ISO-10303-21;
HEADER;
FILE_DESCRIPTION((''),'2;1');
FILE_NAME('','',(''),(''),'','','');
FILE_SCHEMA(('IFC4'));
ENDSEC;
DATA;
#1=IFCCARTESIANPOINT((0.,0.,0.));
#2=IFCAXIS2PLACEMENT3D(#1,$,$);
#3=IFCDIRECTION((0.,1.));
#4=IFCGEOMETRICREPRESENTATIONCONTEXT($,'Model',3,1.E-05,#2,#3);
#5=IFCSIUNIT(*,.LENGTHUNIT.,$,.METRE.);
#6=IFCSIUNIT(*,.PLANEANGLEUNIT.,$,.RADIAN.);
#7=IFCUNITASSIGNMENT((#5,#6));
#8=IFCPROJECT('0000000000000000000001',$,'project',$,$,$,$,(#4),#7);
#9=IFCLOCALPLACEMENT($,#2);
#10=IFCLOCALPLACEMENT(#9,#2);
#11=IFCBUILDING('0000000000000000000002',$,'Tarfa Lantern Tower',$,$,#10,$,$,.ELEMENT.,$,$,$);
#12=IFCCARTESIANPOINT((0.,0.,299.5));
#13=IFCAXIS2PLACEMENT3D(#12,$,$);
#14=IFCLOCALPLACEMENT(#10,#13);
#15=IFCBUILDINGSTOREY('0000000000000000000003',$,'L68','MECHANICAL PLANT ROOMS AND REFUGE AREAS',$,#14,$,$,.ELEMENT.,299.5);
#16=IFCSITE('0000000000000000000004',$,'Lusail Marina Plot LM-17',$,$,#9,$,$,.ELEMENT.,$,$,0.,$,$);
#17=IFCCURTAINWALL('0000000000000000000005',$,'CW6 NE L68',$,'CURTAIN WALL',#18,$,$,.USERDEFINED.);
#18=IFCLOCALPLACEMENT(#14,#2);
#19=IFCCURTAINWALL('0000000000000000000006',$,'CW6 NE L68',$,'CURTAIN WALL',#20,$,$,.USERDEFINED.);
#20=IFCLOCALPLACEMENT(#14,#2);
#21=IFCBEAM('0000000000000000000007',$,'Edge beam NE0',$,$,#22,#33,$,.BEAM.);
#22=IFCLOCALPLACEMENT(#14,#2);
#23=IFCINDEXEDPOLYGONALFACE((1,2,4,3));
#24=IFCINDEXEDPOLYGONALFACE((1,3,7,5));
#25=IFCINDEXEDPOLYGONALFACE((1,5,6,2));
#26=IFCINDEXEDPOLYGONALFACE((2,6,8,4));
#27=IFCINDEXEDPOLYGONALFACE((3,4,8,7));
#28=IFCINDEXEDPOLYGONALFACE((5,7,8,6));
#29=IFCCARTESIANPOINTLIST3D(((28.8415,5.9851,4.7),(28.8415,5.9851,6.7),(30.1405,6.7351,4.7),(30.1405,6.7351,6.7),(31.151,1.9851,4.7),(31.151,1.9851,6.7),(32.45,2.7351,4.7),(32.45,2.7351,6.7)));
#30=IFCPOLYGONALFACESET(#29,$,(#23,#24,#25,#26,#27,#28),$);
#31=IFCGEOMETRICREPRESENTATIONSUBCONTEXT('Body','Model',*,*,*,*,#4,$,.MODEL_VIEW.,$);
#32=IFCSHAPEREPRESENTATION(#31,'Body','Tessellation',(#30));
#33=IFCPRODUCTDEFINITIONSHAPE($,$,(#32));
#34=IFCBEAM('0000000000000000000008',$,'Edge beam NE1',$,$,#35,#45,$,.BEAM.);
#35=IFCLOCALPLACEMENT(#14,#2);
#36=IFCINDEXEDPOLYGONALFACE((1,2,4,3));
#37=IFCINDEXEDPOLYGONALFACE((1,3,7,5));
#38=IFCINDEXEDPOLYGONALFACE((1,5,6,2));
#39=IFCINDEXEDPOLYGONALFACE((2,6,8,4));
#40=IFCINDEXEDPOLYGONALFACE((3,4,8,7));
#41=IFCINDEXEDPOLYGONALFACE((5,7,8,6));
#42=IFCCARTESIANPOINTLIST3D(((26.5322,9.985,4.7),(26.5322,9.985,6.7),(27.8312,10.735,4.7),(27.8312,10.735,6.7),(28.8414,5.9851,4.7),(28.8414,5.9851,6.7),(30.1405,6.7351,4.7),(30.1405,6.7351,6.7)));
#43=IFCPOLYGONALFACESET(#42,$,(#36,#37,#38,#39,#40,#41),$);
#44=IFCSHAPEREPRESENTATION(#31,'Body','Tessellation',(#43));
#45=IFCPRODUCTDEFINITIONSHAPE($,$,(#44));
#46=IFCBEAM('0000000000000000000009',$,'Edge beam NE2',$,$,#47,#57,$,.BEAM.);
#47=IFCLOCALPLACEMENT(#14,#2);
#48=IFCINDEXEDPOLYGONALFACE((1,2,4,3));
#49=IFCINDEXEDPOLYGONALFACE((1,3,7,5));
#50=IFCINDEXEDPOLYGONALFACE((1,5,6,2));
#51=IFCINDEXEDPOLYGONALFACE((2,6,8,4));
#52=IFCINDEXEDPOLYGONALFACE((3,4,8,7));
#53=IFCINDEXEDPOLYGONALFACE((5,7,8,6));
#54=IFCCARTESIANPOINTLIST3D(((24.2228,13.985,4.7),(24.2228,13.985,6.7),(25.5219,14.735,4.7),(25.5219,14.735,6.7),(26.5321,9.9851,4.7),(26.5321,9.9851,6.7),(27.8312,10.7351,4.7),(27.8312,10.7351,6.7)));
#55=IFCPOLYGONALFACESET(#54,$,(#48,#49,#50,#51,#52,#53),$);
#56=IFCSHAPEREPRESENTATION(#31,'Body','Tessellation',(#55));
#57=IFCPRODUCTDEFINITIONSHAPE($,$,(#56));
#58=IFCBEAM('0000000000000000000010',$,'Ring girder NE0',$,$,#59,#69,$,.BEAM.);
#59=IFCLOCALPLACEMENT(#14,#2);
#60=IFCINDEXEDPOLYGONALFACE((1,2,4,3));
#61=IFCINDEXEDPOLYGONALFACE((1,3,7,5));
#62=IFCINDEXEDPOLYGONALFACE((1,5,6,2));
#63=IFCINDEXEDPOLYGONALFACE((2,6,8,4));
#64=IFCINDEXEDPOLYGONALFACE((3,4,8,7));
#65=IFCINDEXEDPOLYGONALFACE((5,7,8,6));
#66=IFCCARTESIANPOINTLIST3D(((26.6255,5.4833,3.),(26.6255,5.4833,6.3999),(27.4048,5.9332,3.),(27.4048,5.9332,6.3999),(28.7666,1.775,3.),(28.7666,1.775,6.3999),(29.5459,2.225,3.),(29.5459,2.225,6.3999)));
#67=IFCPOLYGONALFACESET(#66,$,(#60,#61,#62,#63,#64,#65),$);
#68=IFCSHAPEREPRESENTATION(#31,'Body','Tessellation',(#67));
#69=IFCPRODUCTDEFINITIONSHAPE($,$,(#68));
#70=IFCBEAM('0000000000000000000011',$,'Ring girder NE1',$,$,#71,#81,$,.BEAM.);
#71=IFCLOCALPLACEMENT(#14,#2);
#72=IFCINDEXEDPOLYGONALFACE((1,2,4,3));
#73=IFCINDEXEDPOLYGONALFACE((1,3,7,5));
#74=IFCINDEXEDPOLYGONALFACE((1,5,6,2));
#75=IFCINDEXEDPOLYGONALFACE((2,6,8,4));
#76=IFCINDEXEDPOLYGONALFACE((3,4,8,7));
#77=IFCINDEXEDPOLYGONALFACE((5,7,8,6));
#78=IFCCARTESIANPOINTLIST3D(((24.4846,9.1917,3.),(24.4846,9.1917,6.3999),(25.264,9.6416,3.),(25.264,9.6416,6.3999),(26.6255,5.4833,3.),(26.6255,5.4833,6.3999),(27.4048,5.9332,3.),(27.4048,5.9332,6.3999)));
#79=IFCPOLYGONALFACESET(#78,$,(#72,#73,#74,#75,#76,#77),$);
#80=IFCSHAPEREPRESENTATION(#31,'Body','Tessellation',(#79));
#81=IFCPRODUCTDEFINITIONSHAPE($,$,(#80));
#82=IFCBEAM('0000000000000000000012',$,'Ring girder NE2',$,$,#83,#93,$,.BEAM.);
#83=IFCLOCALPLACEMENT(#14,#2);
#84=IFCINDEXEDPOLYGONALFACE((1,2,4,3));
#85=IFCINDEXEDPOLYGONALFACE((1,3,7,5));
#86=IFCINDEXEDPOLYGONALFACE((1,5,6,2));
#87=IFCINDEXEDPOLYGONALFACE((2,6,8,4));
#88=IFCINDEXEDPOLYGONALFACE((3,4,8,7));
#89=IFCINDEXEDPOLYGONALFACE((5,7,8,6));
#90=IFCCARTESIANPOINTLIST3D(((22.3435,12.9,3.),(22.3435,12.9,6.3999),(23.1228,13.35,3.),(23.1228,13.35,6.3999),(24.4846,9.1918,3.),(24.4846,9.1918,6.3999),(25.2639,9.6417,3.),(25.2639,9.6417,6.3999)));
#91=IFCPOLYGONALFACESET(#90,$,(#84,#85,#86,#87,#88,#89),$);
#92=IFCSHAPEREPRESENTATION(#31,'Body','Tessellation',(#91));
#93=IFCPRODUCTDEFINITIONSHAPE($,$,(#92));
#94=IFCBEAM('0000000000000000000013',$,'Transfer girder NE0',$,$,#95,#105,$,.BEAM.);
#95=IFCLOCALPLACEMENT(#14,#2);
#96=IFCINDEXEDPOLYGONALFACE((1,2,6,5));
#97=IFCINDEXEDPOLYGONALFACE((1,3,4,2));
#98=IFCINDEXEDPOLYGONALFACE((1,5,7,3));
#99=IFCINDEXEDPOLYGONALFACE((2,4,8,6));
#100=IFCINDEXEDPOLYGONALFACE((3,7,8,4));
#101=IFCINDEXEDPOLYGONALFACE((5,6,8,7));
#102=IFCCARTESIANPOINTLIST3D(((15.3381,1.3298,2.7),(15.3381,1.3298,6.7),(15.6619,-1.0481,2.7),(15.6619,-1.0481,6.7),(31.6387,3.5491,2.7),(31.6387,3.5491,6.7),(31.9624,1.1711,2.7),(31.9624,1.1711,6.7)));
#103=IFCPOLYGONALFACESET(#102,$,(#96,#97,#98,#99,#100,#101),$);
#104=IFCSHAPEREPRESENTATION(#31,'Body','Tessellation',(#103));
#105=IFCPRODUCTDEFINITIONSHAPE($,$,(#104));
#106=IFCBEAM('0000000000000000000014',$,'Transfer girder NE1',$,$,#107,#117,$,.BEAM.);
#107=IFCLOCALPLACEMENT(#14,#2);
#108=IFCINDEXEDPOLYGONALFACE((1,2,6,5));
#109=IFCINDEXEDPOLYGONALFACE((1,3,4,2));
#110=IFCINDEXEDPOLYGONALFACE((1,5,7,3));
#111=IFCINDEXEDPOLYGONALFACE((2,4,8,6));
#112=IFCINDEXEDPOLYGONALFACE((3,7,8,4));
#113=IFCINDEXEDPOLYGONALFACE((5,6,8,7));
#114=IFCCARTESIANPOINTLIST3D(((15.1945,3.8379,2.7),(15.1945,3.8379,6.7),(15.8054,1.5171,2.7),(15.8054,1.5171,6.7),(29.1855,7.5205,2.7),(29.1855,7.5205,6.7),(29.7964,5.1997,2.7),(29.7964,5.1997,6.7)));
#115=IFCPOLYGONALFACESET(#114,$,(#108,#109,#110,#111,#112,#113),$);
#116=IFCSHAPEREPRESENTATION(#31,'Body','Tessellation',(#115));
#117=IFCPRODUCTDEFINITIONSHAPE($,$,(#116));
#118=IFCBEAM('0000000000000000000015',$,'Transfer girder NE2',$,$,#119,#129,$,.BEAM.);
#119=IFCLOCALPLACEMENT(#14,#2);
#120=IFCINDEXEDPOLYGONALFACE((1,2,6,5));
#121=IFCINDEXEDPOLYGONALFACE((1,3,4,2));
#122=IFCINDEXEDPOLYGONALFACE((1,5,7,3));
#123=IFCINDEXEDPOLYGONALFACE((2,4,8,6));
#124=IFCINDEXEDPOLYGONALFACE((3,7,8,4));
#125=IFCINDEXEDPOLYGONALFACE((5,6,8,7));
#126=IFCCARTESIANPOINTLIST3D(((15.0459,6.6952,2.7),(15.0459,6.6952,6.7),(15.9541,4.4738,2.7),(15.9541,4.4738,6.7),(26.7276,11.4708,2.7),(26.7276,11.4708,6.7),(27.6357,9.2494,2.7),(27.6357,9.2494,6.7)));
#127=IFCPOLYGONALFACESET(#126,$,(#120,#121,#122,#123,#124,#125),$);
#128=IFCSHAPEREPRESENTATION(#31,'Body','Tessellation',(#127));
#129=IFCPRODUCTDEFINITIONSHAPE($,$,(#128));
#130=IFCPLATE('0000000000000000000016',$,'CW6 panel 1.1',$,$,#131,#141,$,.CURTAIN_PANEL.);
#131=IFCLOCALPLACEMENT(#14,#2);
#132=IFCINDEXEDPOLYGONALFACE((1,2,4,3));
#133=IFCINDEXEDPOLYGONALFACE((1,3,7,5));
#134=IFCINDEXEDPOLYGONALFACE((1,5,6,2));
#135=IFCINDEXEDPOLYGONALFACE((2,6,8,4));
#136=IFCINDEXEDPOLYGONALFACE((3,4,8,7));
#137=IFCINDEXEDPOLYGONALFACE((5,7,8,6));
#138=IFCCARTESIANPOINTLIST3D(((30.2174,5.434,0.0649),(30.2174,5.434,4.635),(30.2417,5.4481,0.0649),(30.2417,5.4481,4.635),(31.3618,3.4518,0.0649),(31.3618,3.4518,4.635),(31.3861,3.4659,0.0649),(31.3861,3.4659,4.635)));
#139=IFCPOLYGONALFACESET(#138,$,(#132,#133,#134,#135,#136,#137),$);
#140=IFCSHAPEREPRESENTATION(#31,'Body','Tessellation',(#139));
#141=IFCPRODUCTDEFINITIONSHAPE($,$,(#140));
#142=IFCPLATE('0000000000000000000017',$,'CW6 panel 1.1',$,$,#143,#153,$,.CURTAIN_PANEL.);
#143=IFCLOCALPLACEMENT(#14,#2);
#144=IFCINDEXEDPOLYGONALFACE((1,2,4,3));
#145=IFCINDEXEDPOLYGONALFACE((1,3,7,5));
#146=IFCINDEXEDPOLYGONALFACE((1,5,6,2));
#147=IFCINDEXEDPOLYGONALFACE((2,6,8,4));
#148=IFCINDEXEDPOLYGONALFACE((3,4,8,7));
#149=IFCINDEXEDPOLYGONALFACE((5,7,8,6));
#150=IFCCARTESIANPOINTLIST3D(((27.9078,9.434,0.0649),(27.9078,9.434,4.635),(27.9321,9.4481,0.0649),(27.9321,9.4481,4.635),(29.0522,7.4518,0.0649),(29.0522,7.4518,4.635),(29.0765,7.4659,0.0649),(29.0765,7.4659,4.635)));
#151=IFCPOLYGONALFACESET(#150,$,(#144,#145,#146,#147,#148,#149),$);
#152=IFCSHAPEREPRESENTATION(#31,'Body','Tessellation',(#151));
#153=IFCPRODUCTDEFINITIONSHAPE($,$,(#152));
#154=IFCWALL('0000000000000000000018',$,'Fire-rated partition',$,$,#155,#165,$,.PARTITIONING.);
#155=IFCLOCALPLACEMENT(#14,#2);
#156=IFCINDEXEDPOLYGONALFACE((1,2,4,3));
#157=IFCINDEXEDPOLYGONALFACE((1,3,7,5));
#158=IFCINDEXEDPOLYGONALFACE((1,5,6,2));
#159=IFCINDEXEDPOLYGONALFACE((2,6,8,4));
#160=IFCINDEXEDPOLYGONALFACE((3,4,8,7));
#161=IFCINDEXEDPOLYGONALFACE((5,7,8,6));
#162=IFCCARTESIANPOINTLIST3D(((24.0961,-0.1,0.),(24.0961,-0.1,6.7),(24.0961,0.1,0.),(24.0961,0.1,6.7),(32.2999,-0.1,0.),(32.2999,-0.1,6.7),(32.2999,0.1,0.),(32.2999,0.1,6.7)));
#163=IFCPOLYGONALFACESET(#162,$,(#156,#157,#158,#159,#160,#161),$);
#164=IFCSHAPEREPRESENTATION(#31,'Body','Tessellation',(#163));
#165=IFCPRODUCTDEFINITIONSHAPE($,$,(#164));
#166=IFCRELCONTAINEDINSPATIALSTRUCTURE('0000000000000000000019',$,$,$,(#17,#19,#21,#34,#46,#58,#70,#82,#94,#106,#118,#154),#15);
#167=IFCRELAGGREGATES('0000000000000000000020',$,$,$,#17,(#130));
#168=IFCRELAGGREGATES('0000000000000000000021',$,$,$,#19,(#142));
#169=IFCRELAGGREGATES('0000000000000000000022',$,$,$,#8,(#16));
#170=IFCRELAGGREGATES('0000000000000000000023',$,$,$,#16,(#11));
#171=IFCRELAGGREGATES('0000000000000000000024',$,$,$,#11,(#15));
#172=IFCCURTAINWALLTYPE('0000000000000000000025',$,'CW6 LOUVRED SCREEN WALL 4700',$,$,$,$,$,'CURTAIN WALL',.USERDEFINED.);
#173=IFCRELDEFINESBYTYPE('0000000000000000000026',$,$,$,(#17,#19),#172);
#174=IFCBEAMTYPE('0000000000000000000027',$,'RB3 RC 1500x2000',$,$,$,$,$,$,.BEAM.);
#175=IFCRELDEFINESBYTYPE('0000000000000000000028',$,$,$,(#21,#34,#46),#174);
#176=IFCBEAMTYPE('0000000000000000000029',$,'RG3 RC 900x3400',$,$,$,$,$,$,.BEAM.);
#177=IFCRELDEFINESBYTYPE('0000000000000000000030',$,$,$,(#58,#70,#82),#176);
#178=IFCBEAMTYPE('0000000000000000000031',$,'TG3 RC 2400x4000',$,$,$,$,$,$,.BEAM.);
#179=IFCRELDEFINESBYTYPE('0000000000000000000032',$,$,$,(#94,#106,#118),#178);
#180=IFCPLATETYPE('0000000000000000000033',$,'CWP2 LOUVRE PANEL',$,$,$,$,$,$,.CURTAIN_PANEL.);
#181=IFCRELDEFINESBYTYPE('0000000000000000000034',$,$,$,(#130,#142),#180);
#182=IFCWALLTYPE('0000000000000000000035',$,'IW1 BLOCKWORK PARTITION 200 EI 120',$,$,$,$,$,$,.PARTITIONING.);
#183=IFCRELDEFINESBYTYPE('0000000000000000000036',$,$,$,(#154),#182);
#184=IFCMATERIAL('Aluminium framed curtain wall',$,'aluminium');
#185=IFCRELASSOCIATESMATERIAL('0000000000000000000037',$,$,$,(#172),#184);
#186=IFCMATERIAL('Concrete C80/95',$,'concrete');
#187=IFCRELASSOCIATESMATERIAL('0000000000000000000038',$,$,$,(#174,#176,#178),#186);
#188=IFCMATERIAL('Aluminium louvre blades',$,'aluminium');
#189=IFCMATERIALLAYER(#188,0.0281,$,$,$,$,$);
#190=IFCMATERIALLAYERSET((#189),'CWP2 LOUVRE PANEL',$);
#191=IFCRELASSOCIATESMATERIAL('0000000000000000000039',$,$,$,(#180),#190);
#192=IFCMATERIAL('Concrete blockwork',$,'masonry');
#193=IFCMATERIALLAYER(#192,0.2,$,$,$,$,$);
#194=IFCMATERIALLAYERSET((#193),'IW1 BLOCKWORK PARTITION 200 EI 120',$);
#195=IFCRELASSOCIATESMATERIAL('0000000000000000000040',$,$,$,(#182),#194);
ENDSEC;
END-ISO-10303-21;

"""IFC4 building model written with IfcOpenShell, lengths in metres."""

from ifc_helpers import new_model, si_unit, direction, frame, frame_2d, origin, origin_2d, place, context, subcontext, project, spatial, rectangle, extrude, material, layer, layer_set, material_profile, profile_set, type_object, element, aggregate, save


model = new_model("IFC4")

# Units and contexts
model_context = context("Model", 3, precision=1e-05, world=origin(), true_north=direction((0.0, 1.0)))
body_context = subcontext(model_context, "Body", "Model", "MODEL_VIEW")
ifc_project = project(units=[si_unit("LENGTHUNIT", "METRE"), si_unit("PLANEANGLEUNIT", "RADIAN")], contexts=[model_context])

# Site, building, storey
site_placement = place(None, origin())
site = spatial("IfcSite", under=ifc_project, at=site_placement, Name="Lusail Marina Plot LM-17", CompositionType="ELEMENT", RefElevation=0.0)
building_placement = place(site_placement, origin())
building = spatial("IfcBuilding", under=site, at=building_placement, Name="Tarfa Lantern Tower", CompositionType="ELEMENT")
storey_placement = place(building_placement, frame((0.0, 0.0, 299.5)))
storey = spatial("IfcBuildingStorey", under=building, at=storey_placement, Name="L68", Description="MECHANICAL PLANT ROOMS AND REFUGE AREAS", CompositionType="ELEMENT", Elevation=299.5)

# Shared definitions
ifc_material_1 = material(Name="Concrete C80/95", Category="concrete")

# Curtain walls
ifc_material_2 = material(Name="Aluminium framed curtain wall", Category="aluminium")
curtain_wall_type = type_object("IfcCurtainWallType", Name="CW6 LOUVRED SCREEN WALL 4700", ElementType="CURTAIN WALL", PredefinedType="USERDEFINED", material=ifc_material_2)
curtain_wall_1_placement = place(storey_placement, origin())
curtain_wall_1 = element("IfcCurtainWall", 1, at=curtain_wall_1_placement, inside=storey, type_object=curtain_wall_type, Name="CW6 NE L68", ObjectType="CURTAIN WALL", PredefinedType="USERDEFINED")
curtain_wall_2_placement = place(storey_placement, origin())
curtain_wall_2 = element("IfcCurtainWall", 2, at=curtain_wall_2_placement, inside=storey, type_object=curtain_wall_type, Name="CW6 NE L68", ObjectType="CURTAIN WALL", PredefinedType="USERDEFINED")

# Beams
ifc_material_profile_1 = material_profile(ifc_material_1, rectangle(XDim=1.5, YDim=2.0, at=origin_2d()), Name="RC 1500x2000")
ifc_profile_set_1 = profile_set([ifc_material_profile_1], Name="Concrete C80/95")
beam_type_1 = type_object("IfcBeamType", Name="RB3 RC 1500x2000", PredefinedType="BEAM", material=ifc_profile_set_1)
beam_1_placement = place(storey_placement, frame((31.8005, 2.3601, 5.7), z_axis=(-0.500027, 0.86601, 0.0), x_axis=(-0.86601, -0.500027, 0.0)))
element("IfcBeam", 3, at=beam_1_placement, inside=storey, type_object=beam_type_1, Name="Edge beam NE0", PredefinedType="BEAM", context=body_context, shape_type="SweptSolid", body=[
    extrude(rectangle(XDim=1.5, YDim=2.0, at=origin_2d()), origin(), (0.0, 0.0, 1.0), 4.6189),
])
for number, where, z_axis, x_axis, name in (
    (4, (29.491, 6.3601, 5.7), (-0.499988, 0.866032, 0.0), (-0.866032, -0.499988, 0.0), "Edge beam NE1"),
    (5, (27.1816, 10.3601, 5.7), (-0.499988, 0.866032, 0.0), (-0.866032, -0.499988, 0.0), "Edge beam NE2"),
):
    element("IfcBeam", number, at=place(storey_placement, frame(where, z_axis=z_axis, x_axis=x_axis)), inside=storey, type_object=beam_type_1, Name=name, PredefinedType="BEAM", context=body_context, shape_type="SweptSolid", body=[
        extrude(rectangle(XDim=1.5, YDim=2.0, at=origin_2d()), origin(), (0.0, 0.0, 1.0), 4.6187),
    ])
ifc_material_profile_2 = material_profile(ifc_material_1, rectangle(XDim=0.8999, YDim=3.3999, at=origin_2d()), Name="RC 900x3400")
ifc_profile_set_2 = profile_set([ifc_material_profile_2], Name="Concrete C80/95")
beam_type_2 = type_object("IfcBeamType", Name="RG3 RC 900x3400", PredefinedType="BEAM", material=ifc_profile_set_2)
for number, where, z_axis, x_axis, name in (
    (6, (29.1562, 2.0, 4.7), (-0.500027, 0.86601, 0.0), (-0.86601, -0.500027, 0.0), "Ring girder NE0"),
    (7, (27.0151, 5.7083, 4.7), (-0.499959, 0.866049, 0.0), (-0.866049, -0.499959, 0.0), "Ring girder NE1"),
    (8, (24.8743, 9.4167, 4.7), (-0.500027, 0.86601, 0.0), (-0.86601, -0.500027, 0.0), "Ring girder NE2"),
):
    element("IfcBeam", number, at=place(storey_placement, frame(where, z_axis=z_axis, x_axis=x_axis)), inside=storey, type_object=beam_type_2, Name=name, PredefinedType="BEAM", context=body_context, shape_type="SweptSolid", body=[
        extrude(rectangle(XDim=0.8999, YDim=3.3999, at=origin_2d()), origin(), (0.0, 0.0, 1.0), 4.282),
    ])
ifc_material_profile_3 = material_profile(ifc_material_1, rectangle(XDim=2.3999, YDim=4.0, at=origin_2d()), Name="RC 2400x4000")
ifc_profile_set_3 = profile_set([ifc_material_profile_3], Name="Concrete C80/95")
beam_type_3 = type_object("IfcBeamType", Name="TG3 RC 2400x4000", PredefinedType="BEAM", material=ifc_profile_set_3)
beam_2_placement = place(storey_placement, frame((31.8005, 2.3601, 4.7), z_axis=(-0.990859, -0.134901, 0.0), x_axis=(0.134901, -0.990859, 0.0)))
element("IfcBeam", 9, at=beam_2_placement, inside=storey, type_object=beam_type_3, Name="Transfer girder NE0", PredefinedType="BEAM", context=body_context, shape_type="SweptSolid", body=[
    extrude(rectangle(XDim=2.3999, YDim=4.0, at=origin_2d()), origin(), (0.0, 0.0, 1.0), 16.4509),
])
beam_3_placement = place(storey_placement, frame((29.491, 6.3601, 4.7), z_axis=(-0.967061, -0.254544, 0.0), x_axis=(0.254544, -0.967061, 0.0)))
element("IfcBeam", 10, at=beam_3_placement, inside=storey, type_object=beam_type_3, Name="Transfer girder NE1", PredefinedType="BEAM", context=body_context, shape_type="SweptSolid", body=[
    extrude(rectangle(XDim=2.3999, YDim=4.0, at=origin_2d()), origin(), (0.0, 0.0, 1.0), 14.4675),
])
beam_4_placement = place(storey_placement, frame((27.1816, 10.3601, 4.7), z_axis=(-0.925636, -0.378414, 0.0), x_axis=(0.378414, -0.925636, 0.0)))
element("IfcBeam", 11, at=beam_4_placement, inside=storey, type_object=beam_type_3, Name="Transfer girder NE2", PredefinedType="BEAM", context=body_context, shape_type="SweptSolid", body=[
    extrude(rectangle(XDim=2.3999, YDim=4.0, at=origin_2d()), origin(), (0.0, 0.0, 1.0), 12.6201),
])

# Plates
ifc_material_3 = material(Name="Aluminium louvre blades", Category="aluminium")
ifc_layer_1 = layer(ifc_material_3, 0.0281)
ifc_layer_set_1 = layer_set([ifc_layer_1], Name="CWP2 LOUVRE PANEL")
plate_type = type_object("IfcPlateType", Name="CWP2 LOUVRE PANEL", PredefinedType="CURTAIN_PANEL", material=ifc_layer_set_1)
plate_1_placement = place(storey_placement, frame((30.8018, 4.45, 0.0649), z_axis=(0.0, 0.0, 1.0), x_axis=(-0.5, 0.866025, 0.0)))
plate_1 = element("IfcPlate", 12, at=plate_1_placement, type_object=plate_type, Name="CW6 panel 1.1", PredefinedType="CURTAIN_PANEL", context=body_context, shape_type="SweptSolid", body=[
    extrude(rectangle(XDim=2.2888, YDim=0.0281, at=origin_2d()), origin(), (0.0, 0.0, 1.0), 4.5701),
])
aggregate(curtain_wall_1, [plate_1])
plate_2_placement = place(storey_placement, frame((28.4922, 8.45, 0.0649), z_axis=(0.0, 0.0, 1.0), x_axis=(-0.5, 0.866025, 0.0)))
plate_2 = element("IfcPlate", 13, at=plate_2_placement, type_object=plate_type, Name="CW6 panel 1.1", PredefinedType="CURTAIN_PANEL", context=body_context, shape_type="SweptSolid", body=[
    extrude(rectangle(XDim=2.2888, YDim=0.0281, at=origin_2d()), origin(), (0.0, 0.0, 1.0), 4.5701),
])
aggregate(curtain_wall_2, [plate_2])

# Wall
ifc_material_4 = material(Name="Concrete blockwork", Category="masonry")
ifc_layer_2 = layer(ifc_material_4, 0.2)
ifc_layer_set_2 = layer_set([ifc_layer_2], Name="IW1 BLOCKWORK PARTITION 200 EI 120")
wall_type = type_object("IfcWallType", Name="IW1 BLOCKWORK PARTITION 200 EI 120", PredefinedType="PARTITIONING", material=ifc_layer_set_2)
wall_placement = place(storey_placement, frame((24.0959, 0.0, 0.0), z_axis=(0.0, 0.0, 1.0), x_axis=(1.0, 0.0, 0.0)))
element("IfcWall", 14, at=wall_placement, inside=storey, type_object=wall_type, Name="Fire-rated partition", PredefinedType="PARTITIONING", context=body_context, shape_type="SweptSolid", body=[
    extrude(rectangle(XDim=8.2039, YDim=0.2, at=frame_2d((4.1021, 0.0))), origin(), (0.0, 0.0, 1.0), 6.7),
])

save(model, "model.ifc")
